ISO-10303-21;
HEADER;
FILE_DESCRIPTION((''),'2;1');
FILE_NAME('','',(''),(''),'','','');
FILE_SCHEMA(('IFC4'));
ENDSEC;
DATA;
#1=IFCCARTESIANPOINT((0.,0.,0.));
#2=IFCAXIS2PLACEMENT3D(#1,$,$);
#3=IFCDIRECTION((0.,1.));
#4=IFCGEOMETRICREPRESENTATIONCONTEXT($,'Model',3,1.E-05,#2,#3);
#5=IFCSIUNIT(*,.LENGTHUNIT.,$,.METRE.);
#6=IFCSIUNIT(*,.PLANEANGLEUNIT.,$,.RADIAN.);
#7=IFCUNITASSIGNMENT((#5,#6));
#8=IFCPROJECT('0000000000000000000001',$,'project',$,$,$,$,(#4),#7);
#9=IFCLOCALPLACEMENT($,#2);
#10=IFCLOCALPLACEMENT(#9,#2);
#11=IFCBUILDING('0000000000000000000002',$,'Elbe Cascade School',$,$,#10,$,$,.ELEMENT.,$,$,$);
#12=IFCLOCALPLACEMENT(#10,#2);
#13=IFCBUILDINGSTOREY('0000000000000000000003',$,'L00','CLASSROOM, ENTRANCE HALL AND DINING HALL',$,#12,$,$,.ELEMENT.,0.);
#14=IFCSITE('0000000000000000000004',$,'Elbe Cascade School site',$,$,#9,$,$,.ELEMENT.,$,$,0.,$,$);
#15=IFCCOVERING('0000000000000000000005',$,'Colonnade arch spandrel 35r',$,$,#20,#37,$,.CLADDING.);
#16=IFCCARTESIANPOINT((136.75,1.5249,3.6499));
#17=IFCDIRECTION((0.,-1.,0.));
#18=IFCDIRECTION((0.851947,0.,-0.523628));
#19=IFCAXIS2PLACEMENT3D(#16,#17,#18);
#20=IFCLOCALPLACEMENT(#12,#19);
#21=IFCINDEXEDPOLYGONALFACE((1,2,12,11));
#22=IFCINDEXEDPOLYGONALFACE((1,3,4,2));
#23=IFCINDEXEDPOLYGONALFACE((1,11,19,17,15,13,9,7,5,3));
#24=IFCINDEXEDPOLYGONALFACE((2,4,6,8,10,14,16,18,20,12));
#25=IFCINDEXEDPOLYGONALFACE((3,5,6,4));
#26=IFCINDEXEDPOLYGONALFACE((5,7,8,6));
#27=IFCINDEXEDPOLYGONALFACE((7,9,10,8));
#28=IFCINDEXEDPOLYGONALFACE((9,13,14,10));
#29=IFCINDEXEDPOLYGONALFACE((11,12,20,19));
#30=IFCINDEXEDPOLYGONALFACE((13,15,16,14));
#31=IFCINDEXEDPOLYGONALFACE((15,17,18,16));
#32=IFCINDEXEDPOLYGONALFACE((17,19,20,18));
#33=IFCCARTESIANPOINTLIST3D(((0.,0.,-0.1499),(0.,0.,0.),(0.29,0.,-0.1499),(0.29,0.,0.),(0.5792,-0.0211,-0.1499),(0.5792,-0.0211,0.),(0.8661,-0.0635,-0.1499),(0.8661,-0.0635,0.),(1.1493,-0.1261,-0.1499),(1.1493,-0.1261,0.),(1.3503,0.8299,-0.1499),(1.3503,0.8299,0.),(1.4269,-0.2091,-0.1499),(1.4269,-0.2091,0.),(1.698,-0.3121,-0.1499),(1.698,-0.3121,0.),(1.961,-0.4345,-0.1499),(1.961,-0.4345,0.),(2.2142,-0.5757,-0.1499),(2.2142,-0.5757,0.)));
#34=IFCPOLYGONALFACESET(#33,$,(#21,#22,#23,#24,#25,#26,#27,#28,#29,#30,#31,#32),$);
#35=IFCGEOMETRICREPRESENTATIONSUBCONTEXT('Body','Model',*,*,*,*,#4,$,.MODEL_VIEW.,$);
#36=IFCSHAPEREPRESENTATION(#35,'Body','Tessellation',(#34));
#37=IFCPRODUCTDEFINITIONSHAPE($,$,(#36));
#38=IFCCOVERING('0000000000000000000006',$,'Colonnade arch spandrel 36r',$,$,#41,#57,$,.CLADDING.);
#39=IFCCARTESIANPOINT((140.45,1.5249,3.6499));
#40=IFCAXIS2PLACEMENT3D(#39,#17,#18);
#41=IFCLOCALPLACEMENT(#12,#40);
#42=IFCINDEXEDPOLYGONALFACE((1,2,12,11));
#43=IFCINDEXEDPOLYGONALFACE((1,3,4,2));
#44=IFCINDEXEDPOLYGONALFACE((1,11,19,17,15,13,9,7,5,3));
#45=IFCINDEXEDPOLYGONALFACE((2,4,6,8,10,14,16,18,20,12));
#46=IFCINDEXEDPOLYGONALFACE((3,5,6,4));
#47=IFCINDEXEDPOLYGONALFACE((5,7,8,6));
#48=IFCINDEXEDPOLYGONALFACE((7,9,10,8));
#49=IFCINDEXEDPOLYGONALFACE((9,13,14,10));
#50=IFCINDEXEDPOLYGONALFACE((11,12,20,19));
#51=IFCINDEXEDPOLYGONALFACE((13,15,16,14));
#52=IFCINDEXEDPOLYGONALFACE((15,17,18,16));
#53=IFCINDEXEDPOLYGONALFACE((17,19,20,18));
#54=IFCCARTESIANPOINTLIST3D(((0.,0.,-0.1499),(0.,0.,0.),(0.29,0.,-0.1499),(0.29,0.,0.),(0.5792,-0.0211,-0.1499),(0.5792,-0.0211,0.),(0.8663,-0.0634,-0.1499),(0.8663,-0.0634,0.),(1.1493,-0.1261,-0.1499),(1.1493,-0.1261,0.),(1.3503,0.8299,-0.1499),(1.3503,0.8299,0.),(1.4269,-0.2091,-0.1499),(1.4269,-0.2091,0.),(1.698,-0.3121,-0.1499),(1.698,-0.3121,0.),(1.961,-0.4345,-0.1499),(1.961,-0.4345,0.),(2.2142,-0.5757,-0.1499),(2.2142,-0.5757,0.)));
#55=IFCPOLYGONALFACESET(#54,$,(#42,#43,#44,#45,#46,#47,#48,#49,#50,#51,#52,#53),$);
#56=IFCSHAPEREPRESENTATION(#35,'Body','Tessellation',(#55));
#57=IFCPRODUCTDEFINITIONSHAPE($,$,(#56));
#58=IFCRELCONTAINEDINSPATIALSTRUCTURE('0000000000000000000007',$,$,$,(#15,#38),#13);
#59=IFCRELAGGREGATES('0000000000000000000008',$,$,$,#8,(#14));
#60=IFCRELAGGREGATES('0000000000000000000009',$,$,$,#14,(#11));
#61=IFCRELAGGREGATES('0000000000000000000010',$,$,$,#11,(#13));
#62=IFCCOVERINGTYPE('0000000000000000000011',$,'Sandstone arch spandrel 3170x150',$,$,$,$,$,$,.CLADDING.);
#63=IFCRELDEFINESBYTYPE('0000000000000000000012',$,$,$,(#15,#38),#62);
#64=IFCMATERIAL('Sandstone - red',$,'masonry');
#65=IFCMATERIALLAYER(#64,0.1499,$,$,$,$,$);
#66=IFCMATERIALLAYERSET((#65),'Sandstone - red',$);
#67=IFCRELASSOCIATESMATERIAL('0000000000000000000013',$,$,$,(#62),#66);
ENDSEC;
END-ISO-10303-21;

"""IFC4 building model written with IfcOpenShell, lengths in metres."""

from ifc_helpers import new_model, si_unit, direction, frame, origin, place, context, subcontext, project, spatial, polyline, outline, extrude, material, layer, layer_set, type_object, element, save


model = new_model("IFC4")

# Units and contexts
model_context = context("Model", 3, precision=1e-05, world=origin(), true_north=direction((0.0, 1.0)))
body_context = subcontext(model_context, "Body", "Model", "MODEL_VIEW")
ifc_project = project(units=[si_unit("LENGTHUNIT", "METRE"), si_unit("PLANEANGLEUNIT", "RADIAN")], contexts=[model_context])

# Site, building, storey
site_placement = place(None, origin())
site = spatial("IfcSite", under=ifc_project, at=site_placement, Name="Elbe Cascade School site", CompositionType="ELEMENT", RefElevation=0.0)
building_placement = place(site_placement, origin())
building = spatial("IfcBuilding", under=site, at=building_placement, Name="Elbe Cascade School", CompositionType="ELEMENT")
storey_placement = place(building_placement, origin())
storey = spatial("IfcBuildingStorey", under=building, at=storey_placement, Name="L00", Description="CLASSROOM, ENTRANCE HALL AND DINING HALL", CompositionType="ELEMENT", Elevation=0.0)

# Coverings
ifc_material_1 = material(Name="Sandstone - red", Category="masonry")
ifc_layer_1 = layer(ifc_material_1, 0.1499)
ifc_layer_set_1 = layer_set([ifc_layer_1], Name="Sandstone - red")
covering_type_1 = type_object("IfcCoveringType", Name="Sandstone arch spandrel 3170x150", PredefinedType="CLADDING", material=ifc_layer_set_1)
covering_1_placement = place(storey_placement, frame((136.75, 1.5249, 3.6499), z_axis=(0.0, -1.0, 0.0), x_axis=(0.851947, 0.0, -0.523628)))
element("IfcCovering", 1, at=covering_1_placement, inside=storey, type_object=covering_type_1, Name="Colonnade arch spandrel 35r", PredefinedType="CLADDING", context=body_context, shape_type="SweptSolid", body=[
    extrude(outline(polyline([(0.0, 0.0), (0.29, 0.0), (0.5792, -0.0211), (0.8661, -0.0635), (1.1493, -0.1261), (1.4269, -0.2091), (1.698, -0.3121), (1.961, -0.4345), (2.2142, -0.5757), (1.3503, 0.8299), (0.0, 0.0)])), origin(), (0.0, 0.0, -1.0), 0.1499),
])
covering_2_placement = place(storey_placement, frame((140.45, 1.5249, 3.6499), z_axis=(0.0, -1.0, 0.0), x_axis=(0.851947, 0.0, -0.523628)))
element("IfcCovering", 2, at=covering_2_placement, inside=storey, type_object=covering_type_1, Name="Colonnade arch spandrel 36r", PredefinedType="CLADDING", context=body_context, shape_type="SweptSolid", body=[
    extrude(outline(polyline([(0.0, 0.0), (0.29, 0.0), (0.5792, -0.0211), (0.8663, -0.0634), (1.1493, -0.1261), (1.4269, -0.2091), (1.698, -0.3121), (1.961, -0.4345), (2.2142, -0.5757), (1.3503, 0.8299), (0.0, 0.0)])), origin(), (0.0, 0.0, -1.0), 0.1499),
])

save(model, "model.ifc")
